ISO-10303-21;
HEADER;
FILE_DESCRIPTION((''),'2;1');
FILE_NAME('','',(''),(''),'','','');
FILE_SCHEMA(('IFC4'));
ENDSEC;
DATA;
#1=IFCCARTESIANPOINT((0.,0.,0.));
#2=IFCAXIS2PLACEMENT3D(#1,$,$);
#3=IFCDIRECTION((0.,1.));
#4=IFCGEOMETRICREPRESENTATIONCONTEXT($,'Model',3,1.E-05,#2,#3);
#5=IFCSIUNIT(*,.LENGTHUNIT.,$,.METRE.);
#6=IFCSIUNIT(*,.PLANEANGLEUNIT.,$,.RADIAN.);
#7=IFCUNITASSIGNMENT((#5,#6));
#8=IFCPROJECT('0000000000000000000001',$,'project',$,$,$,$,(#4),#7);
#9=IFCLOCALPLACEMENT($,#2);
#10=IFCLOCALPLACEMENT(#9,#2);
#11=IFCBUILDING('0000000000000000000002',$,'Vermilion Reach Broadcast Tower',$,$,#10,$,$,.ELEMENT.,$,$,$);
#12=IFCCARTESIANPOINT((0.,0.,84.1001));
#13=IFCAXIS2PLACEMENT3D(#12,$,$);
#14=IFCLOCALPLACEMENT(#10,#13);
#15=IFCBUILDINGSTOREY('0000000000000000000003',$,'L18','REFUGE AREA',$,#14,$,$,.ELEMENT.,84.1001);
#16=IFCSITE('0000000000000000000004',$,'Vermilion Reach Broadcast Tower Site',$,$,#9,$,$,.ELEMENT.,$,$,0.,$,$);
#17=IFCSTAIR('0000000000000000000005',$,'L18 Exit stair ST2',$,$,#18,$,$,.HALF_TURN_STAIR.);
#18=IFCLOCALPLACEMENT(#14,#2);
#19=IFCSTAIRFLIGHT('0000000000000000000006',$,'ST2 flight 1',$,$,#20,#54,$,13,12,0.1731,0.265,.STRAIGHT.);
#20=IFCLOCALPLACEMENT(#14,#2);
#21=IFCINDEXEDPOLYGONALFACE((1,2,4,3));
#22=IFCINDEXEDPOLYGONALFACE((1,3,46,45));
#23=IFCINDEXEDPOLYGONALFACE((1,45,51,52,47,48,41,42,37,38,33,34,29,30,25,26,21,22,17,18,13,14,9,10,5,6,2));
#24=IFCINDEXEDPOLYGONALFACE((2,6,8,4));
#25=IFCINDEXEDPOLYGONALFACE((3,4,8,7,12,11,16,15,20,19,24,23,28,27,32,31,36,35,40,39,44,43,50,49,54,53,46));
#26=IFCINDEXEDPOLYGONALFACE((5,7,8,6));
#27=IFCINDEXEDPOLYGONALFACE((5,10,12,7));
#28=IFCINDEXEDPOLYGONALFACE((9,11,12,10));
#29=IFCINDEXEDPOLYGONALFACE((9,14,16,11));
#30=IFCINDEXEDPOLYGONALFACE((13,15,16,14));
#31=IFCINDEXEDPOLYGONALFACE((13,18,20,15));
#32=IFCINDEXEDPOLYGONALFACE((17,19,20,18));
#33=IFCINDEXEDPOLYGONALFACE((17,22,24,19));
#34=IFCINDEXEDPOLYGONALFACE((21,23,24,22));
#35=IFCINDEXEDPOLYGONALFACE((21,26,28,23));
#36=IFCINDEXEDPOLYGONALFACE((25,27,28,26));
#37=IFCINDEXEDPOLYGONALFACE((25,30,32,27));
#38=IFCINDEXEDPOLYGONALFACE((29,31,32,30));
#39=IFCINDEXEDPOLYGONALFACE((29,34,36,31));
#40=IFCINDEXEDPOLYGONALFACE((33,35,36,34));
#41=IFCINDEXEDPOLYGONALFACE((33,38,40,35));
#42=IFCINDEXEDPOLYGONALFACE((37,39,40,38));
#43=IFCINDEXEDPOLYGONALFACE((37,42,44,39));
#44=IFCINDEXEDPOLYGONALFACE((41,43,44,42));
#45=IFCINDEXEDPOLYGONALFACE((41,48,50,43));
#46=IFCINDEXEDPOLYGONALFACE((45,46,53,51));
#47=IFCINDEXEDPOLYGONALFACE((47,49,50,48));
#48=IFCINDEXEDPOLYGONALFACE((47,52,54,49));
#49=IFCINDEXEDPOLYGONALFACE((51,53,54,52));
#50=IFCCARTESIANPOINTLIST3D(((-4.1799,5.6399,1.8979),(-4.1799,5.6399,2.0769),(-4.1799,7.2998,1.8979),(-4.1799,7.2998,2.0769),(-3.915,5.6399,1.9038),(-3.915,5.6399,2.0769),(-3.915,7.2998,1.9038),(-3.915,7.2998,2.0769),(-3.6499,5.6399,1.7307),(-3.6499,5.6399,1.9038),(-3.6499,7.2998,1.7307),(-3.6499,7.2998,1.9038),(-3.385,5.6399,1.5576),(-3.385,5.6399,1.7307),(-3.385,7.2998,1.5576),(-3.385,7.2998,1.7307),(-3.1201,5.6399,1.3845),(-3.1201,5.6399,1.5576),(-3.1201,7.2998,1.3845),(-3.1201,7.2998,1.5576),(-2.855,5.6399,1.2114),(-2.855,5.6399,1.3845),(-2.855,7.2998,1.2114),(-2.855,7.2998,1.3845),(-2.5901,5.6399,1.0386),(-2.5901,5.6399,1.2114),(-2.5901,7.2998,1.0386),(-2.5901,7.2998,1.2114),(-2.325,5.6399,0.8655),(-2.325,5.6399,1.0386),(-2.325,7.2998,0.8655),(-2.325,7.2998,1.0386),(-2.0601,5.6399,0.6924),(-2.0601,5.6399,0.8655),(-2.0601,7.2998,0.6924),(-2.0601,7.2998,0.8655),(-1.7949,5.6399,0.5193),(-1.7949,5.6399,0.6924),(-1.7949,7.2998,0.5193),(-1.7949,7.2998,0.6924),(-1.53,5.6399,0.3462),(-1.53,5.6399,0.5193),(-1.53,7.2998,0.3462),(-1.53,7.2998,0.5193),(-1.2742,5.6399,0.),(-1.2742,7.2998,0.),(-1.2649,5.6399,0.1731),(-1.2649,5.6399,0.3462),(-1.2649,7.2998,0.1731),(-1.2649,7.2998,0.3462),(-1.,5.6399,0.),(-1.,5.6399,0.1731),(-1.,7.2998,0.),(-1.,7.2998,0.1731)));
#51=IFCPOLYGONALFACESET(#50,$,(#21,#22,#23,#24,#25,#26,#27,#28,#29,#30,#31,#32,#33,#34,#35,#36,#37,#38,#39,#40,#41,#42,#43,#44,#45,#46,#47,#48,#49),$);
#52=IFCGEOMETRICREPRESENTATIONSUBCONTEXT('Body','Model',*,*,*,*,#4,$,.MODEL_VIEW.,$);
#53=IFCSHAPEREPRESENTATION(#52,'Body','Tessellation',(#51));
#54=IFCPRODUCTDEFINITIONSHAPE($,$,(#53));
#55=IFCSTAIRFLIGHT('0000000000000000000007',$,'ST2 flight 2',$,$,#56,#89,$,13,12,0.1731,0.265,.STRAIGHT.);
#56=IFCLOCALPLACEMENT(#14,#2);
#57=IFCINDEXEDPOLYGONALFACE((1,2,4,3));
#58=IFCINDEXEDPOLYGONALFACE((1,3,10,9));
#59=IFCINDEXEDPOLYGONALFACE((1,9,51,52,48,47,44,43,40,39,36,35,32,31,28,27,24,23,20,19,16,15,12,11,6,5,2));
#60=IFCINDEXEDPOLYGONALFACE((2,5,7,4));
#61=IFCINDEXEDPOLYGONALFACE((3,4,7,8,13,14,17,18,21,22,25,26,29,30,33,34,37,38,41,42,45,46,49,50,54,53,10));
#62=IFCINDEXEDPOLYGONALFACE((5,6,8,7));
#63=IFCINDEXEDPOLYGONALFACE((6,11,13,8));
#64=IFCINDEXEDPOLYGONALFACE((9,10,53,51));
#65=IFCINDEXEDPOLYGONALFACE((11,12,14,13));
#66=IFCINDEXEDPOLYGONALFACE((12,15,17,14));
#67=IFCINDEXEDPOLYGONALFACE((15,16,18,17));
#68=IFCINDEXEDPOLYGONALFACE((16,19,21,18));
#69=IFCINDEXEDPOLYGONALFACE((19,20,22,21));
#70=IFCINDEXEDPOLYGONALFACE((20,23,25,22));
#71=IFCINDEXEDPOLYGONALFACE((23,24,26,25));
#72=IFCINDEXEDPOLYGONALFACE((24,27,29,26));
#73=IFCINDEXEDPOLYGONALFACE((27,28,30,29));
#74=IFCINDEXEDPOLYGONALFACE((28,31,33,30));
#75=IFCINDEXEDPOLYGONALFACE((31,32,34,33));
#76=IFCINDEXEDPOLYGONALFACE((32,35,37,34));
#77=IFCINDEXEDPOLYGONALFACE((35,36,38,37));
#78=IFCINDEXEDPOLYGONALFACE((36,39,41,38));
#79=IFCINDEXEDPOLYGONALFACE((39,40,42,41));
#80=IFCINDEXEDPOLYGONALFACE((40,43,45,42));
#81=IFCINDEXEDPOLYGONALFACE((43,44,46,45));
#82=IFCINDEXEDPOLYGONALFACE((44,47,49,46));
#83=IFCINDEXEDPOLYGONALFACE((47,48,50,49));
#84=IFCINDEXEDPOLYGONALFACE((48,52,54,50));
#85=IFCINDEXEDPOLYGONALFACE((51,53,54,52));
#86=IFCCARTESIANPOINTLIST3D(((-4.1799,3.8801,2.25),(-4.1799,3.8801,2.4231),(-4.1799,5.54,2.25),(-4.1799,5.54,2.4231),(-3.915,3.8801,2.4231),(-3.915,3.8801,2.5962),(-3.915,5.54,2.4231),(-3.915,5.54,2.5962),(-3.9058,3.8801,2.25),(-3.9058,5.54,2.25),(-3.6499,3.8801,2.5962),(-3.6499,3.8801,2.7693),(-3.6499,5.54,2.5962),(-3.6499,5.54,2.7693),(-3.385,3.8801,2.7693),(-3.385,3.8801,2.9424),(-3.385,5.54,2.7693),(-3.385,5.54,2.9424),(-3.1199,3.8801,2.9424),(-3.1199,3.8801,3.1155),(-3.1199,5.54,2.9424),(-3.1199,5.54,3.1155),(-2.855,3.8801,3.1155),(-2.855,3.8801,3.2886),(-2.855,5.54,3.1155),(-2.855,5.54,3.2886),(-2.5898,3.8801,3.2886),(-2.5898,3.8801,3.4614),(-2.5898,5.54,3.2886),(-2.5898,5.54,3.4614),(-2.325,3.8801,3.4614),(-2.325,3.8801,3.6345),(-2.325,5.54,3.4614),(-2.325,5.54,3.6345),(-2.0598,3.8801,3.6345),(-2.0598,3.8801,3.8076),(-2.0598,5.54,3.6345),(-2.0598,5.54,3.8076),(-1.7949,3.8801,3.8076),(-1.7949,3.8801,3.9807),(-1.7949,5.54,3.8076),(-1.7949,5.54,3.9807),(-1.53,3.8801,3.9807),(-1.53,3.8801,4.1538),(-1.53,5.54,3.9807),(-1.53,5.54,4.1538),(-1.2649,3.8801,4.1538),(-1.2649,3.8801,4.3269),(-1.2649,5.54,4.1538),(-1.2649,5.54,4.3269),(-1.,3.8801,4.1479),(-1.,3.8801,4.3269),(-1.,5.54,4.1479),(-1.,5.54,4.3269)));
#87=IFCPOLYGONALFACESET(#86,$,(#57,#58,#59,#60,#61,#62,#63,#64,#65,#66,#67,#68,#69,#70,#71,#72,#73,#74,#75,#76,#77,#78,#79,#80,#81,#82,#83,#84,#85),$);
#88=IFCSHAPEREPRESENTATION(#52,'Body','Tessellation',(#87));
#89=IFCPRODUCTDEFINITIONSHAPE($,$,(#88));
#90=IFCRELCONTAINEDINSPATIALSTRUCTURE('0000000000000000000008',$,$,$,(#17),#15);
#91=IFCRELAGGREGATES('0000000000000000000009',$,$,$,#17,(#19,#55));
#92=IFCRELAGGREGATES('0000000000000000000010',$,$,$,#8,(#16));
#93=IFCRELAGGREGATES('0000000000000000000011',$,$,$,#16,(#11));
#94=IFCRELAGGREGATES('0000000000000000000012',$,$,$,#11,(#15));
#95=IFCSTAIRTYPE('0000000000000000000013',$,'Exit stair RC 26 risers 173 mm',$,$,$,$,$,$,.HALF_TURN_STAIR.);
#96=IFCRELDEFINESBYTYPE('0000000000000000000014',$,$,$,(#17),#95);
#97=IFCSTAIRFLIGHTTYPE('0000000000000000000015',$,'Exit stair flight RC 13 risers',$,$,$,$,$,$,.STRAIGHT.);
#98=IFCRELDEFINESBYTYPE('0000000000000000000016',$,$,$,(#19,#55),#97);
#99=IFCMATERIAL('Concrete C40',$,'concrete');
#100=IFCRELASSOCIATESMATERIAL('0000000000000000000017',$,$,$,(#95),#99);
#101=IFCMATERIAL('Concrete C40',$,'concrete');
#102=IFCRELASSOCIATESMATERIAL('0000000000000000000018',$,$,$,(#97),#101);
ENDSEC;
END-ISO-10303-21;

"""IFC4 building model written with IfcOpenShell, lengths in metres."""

from ifc_helpers import new_model, si_unit, direction, frame, origin, place, context, subcontext, project, spatial, polyline, outline, extrude, material, type_object, element, aggregate, save


model = new_model("IFC4")

# Units and contexts
model_context = context("Model", 3, precision=1e-05, world=origin(), true_north=direction((0.0, 1.0)))
body_context = subcontext(model_context, "Body", "Model", "MODEL_VIEW")
ifc_project = project(units=[si_unit("LENGTHUNIT", "METRE"), si_unit("PLANEANGLEUNIT", "RADIAN")], contexts=[model_context])

# Site, building, storey
site_placement = place(None, origin())
site = spatial("IfcSite", under=ifc_project, at=site_placement, Name="Vermilion Reach Broadcast Tower Site", CompositionType="ELEMENT", RefElevation=0.0)
building_placement = place(site_placement, origin())
building = spatial("IfcBuilding", under=site, at=building_placement, Name="Vermilion Reach Broadcast Tower", CompositionType="ELEMENT")
storey_placement = place(building_placement, frame((0.0, 0.0, 84.1001)))
storey = spatial("IfcBuildingStorey", under=building, at=storey_placement, Name="L18", Description="REFUGE AREA", CompositionType="ELEMENT", Elevation=84.1001)

# Stair
ifc_material_1 = material(Name="Concrete C40", Category="concrete")
stair_type = type_object("IfcStairType", Name="Exit stair RC 26 risers 173 mm", PredefinedType="HALF_TURN_STAIR", material=ifc_material_1)
placement_1 = place(storey_placement, origin())
stair_1 = element("IfcStair", 1, at=placement_1, inside=storey, type_object=stair_type, Name="L18 Exit stair ST2", PredefinedType="HALF_TURN_STAIR")

# Stair flights
ifc_material_2 = material(Name="Concrete C40", Category="concrete")
stair_flight_type = type_object("IfcStairFlightType", Name="Exit stair flight RC 13 risers", PredefinedType="STRAIGHT", material=ifc_material_2)
stair_flight_1_placement = place(storey_placement, frame((-1.0, 6.47, 0.0), z_axis=(0.0, 0.0, 1.0), x_axis=(-1.0, 0.0, 0.0)))
stair_flight_1 = element("IfcStairFlight", 2, at=stair_flight_1_placement, type_object=stair_flight_type, Name="ST2 flight 1", NumberOfRisers=13, NumberOfTreads=12, PredefinedType="STRAIGHT", RiserHeight=0.1731, TreadLength=0.265, context=body_context, shape_type="SweptSolid", body=[
    extrude(outline(polyline([(0.0, 0.0), (0.0, 0.1731), (0.2649, 0.1731), (0.2649, 0.3462), (0.53, 0.3462), (0.53, 0.5193), (0.7949, 0.5193), (0.7949, 0.6924), (1.0601, 0.6924), (1.0601, 0.8655), (1.325, 0.8655), (1.325, 1.0386), (1.5901, 1.0386), (1.5901, 1.2114), (1.855, 1.2114), (1.855, 1.3845), (2.1201, 1.3845), (2.1201, 1.5576), (2.385, 1.5576), (2.385, 1.7307), (2.6499, 1.7307), (2.6499, 1.9038), (2.915, 1.9038), (2.915, 2.0769), (3.1799, 2.0769), (3.1799, 2.25), (3.1799, 1.8979), (0.2742, 0.0), (0.0, 0.0)])), frame((0.0, 0.8301, 0.0), z_axis=(0.0, -1.0, 0.0), x_axis=(1.0, 0.0, 0.0)), (0.0, 0.0, 1.0), 1.6599),
])
stair_flight_2_placement = place(storey_placement, frame((-4.1799, 4.71, 2.25), z_axis=(0.0, 0.0, 1.0), x_axis=(1.0, 0.0, 0.0)))
stair_flight_2 = element("IfcStairFlight", 3, at=stair_flight_2_placement, type_object=stair_flight_type, Name="ST2 flight 2", NumberOfRisers=13, NumberOfTreads=12, PredefinedType="STRAIGHT", RiserHeight=0.1731, TreadLength=0.265, context=body_context, shape_type="SweptSolid", body=[
    extrude(outline(polyline([(0.0, 0.0), (0.0, 0.1731), (0.2649, 0.1731), (0.2649, 0.3462), (0.53, 0.3462), (0.53, 0.5193), (0.7949, 0.5193), (0.7949, 0.6924), (1.0601, 0.6924), (1.0601, 0.8655), (1.325, 0.8655), (1.325, 1.0386), (1.5901, 1.0386), (1.5901, 1.2114), (1.855, 1.2114), (1.855, 1.3845), (2.1201, 1.3845), (2.1201, 1.5576), (2.385, 1.5576), (2.385, 1.7307), (2.6499, 1.7307), (2.6499, 1.9038), (2.915, 1.9038), (2.915, 2.0769), (3.1799, 2.0769), (3.1799, 2.25), (3.1799, 1.8979), (0.2742, 0.0), (0.0, 0.0)])), frame((0.0, 0.8301, 0.0), z_axis=(0.0, -1.0, 0.0), x_axis=(1.0, 0.0, 0.0)), (0.0, 0.0, 1.0), 1.6599),
])
aggregate(stair_1, [stair_flight_1, stair_flight_2])

save(model, "model.ifc")
